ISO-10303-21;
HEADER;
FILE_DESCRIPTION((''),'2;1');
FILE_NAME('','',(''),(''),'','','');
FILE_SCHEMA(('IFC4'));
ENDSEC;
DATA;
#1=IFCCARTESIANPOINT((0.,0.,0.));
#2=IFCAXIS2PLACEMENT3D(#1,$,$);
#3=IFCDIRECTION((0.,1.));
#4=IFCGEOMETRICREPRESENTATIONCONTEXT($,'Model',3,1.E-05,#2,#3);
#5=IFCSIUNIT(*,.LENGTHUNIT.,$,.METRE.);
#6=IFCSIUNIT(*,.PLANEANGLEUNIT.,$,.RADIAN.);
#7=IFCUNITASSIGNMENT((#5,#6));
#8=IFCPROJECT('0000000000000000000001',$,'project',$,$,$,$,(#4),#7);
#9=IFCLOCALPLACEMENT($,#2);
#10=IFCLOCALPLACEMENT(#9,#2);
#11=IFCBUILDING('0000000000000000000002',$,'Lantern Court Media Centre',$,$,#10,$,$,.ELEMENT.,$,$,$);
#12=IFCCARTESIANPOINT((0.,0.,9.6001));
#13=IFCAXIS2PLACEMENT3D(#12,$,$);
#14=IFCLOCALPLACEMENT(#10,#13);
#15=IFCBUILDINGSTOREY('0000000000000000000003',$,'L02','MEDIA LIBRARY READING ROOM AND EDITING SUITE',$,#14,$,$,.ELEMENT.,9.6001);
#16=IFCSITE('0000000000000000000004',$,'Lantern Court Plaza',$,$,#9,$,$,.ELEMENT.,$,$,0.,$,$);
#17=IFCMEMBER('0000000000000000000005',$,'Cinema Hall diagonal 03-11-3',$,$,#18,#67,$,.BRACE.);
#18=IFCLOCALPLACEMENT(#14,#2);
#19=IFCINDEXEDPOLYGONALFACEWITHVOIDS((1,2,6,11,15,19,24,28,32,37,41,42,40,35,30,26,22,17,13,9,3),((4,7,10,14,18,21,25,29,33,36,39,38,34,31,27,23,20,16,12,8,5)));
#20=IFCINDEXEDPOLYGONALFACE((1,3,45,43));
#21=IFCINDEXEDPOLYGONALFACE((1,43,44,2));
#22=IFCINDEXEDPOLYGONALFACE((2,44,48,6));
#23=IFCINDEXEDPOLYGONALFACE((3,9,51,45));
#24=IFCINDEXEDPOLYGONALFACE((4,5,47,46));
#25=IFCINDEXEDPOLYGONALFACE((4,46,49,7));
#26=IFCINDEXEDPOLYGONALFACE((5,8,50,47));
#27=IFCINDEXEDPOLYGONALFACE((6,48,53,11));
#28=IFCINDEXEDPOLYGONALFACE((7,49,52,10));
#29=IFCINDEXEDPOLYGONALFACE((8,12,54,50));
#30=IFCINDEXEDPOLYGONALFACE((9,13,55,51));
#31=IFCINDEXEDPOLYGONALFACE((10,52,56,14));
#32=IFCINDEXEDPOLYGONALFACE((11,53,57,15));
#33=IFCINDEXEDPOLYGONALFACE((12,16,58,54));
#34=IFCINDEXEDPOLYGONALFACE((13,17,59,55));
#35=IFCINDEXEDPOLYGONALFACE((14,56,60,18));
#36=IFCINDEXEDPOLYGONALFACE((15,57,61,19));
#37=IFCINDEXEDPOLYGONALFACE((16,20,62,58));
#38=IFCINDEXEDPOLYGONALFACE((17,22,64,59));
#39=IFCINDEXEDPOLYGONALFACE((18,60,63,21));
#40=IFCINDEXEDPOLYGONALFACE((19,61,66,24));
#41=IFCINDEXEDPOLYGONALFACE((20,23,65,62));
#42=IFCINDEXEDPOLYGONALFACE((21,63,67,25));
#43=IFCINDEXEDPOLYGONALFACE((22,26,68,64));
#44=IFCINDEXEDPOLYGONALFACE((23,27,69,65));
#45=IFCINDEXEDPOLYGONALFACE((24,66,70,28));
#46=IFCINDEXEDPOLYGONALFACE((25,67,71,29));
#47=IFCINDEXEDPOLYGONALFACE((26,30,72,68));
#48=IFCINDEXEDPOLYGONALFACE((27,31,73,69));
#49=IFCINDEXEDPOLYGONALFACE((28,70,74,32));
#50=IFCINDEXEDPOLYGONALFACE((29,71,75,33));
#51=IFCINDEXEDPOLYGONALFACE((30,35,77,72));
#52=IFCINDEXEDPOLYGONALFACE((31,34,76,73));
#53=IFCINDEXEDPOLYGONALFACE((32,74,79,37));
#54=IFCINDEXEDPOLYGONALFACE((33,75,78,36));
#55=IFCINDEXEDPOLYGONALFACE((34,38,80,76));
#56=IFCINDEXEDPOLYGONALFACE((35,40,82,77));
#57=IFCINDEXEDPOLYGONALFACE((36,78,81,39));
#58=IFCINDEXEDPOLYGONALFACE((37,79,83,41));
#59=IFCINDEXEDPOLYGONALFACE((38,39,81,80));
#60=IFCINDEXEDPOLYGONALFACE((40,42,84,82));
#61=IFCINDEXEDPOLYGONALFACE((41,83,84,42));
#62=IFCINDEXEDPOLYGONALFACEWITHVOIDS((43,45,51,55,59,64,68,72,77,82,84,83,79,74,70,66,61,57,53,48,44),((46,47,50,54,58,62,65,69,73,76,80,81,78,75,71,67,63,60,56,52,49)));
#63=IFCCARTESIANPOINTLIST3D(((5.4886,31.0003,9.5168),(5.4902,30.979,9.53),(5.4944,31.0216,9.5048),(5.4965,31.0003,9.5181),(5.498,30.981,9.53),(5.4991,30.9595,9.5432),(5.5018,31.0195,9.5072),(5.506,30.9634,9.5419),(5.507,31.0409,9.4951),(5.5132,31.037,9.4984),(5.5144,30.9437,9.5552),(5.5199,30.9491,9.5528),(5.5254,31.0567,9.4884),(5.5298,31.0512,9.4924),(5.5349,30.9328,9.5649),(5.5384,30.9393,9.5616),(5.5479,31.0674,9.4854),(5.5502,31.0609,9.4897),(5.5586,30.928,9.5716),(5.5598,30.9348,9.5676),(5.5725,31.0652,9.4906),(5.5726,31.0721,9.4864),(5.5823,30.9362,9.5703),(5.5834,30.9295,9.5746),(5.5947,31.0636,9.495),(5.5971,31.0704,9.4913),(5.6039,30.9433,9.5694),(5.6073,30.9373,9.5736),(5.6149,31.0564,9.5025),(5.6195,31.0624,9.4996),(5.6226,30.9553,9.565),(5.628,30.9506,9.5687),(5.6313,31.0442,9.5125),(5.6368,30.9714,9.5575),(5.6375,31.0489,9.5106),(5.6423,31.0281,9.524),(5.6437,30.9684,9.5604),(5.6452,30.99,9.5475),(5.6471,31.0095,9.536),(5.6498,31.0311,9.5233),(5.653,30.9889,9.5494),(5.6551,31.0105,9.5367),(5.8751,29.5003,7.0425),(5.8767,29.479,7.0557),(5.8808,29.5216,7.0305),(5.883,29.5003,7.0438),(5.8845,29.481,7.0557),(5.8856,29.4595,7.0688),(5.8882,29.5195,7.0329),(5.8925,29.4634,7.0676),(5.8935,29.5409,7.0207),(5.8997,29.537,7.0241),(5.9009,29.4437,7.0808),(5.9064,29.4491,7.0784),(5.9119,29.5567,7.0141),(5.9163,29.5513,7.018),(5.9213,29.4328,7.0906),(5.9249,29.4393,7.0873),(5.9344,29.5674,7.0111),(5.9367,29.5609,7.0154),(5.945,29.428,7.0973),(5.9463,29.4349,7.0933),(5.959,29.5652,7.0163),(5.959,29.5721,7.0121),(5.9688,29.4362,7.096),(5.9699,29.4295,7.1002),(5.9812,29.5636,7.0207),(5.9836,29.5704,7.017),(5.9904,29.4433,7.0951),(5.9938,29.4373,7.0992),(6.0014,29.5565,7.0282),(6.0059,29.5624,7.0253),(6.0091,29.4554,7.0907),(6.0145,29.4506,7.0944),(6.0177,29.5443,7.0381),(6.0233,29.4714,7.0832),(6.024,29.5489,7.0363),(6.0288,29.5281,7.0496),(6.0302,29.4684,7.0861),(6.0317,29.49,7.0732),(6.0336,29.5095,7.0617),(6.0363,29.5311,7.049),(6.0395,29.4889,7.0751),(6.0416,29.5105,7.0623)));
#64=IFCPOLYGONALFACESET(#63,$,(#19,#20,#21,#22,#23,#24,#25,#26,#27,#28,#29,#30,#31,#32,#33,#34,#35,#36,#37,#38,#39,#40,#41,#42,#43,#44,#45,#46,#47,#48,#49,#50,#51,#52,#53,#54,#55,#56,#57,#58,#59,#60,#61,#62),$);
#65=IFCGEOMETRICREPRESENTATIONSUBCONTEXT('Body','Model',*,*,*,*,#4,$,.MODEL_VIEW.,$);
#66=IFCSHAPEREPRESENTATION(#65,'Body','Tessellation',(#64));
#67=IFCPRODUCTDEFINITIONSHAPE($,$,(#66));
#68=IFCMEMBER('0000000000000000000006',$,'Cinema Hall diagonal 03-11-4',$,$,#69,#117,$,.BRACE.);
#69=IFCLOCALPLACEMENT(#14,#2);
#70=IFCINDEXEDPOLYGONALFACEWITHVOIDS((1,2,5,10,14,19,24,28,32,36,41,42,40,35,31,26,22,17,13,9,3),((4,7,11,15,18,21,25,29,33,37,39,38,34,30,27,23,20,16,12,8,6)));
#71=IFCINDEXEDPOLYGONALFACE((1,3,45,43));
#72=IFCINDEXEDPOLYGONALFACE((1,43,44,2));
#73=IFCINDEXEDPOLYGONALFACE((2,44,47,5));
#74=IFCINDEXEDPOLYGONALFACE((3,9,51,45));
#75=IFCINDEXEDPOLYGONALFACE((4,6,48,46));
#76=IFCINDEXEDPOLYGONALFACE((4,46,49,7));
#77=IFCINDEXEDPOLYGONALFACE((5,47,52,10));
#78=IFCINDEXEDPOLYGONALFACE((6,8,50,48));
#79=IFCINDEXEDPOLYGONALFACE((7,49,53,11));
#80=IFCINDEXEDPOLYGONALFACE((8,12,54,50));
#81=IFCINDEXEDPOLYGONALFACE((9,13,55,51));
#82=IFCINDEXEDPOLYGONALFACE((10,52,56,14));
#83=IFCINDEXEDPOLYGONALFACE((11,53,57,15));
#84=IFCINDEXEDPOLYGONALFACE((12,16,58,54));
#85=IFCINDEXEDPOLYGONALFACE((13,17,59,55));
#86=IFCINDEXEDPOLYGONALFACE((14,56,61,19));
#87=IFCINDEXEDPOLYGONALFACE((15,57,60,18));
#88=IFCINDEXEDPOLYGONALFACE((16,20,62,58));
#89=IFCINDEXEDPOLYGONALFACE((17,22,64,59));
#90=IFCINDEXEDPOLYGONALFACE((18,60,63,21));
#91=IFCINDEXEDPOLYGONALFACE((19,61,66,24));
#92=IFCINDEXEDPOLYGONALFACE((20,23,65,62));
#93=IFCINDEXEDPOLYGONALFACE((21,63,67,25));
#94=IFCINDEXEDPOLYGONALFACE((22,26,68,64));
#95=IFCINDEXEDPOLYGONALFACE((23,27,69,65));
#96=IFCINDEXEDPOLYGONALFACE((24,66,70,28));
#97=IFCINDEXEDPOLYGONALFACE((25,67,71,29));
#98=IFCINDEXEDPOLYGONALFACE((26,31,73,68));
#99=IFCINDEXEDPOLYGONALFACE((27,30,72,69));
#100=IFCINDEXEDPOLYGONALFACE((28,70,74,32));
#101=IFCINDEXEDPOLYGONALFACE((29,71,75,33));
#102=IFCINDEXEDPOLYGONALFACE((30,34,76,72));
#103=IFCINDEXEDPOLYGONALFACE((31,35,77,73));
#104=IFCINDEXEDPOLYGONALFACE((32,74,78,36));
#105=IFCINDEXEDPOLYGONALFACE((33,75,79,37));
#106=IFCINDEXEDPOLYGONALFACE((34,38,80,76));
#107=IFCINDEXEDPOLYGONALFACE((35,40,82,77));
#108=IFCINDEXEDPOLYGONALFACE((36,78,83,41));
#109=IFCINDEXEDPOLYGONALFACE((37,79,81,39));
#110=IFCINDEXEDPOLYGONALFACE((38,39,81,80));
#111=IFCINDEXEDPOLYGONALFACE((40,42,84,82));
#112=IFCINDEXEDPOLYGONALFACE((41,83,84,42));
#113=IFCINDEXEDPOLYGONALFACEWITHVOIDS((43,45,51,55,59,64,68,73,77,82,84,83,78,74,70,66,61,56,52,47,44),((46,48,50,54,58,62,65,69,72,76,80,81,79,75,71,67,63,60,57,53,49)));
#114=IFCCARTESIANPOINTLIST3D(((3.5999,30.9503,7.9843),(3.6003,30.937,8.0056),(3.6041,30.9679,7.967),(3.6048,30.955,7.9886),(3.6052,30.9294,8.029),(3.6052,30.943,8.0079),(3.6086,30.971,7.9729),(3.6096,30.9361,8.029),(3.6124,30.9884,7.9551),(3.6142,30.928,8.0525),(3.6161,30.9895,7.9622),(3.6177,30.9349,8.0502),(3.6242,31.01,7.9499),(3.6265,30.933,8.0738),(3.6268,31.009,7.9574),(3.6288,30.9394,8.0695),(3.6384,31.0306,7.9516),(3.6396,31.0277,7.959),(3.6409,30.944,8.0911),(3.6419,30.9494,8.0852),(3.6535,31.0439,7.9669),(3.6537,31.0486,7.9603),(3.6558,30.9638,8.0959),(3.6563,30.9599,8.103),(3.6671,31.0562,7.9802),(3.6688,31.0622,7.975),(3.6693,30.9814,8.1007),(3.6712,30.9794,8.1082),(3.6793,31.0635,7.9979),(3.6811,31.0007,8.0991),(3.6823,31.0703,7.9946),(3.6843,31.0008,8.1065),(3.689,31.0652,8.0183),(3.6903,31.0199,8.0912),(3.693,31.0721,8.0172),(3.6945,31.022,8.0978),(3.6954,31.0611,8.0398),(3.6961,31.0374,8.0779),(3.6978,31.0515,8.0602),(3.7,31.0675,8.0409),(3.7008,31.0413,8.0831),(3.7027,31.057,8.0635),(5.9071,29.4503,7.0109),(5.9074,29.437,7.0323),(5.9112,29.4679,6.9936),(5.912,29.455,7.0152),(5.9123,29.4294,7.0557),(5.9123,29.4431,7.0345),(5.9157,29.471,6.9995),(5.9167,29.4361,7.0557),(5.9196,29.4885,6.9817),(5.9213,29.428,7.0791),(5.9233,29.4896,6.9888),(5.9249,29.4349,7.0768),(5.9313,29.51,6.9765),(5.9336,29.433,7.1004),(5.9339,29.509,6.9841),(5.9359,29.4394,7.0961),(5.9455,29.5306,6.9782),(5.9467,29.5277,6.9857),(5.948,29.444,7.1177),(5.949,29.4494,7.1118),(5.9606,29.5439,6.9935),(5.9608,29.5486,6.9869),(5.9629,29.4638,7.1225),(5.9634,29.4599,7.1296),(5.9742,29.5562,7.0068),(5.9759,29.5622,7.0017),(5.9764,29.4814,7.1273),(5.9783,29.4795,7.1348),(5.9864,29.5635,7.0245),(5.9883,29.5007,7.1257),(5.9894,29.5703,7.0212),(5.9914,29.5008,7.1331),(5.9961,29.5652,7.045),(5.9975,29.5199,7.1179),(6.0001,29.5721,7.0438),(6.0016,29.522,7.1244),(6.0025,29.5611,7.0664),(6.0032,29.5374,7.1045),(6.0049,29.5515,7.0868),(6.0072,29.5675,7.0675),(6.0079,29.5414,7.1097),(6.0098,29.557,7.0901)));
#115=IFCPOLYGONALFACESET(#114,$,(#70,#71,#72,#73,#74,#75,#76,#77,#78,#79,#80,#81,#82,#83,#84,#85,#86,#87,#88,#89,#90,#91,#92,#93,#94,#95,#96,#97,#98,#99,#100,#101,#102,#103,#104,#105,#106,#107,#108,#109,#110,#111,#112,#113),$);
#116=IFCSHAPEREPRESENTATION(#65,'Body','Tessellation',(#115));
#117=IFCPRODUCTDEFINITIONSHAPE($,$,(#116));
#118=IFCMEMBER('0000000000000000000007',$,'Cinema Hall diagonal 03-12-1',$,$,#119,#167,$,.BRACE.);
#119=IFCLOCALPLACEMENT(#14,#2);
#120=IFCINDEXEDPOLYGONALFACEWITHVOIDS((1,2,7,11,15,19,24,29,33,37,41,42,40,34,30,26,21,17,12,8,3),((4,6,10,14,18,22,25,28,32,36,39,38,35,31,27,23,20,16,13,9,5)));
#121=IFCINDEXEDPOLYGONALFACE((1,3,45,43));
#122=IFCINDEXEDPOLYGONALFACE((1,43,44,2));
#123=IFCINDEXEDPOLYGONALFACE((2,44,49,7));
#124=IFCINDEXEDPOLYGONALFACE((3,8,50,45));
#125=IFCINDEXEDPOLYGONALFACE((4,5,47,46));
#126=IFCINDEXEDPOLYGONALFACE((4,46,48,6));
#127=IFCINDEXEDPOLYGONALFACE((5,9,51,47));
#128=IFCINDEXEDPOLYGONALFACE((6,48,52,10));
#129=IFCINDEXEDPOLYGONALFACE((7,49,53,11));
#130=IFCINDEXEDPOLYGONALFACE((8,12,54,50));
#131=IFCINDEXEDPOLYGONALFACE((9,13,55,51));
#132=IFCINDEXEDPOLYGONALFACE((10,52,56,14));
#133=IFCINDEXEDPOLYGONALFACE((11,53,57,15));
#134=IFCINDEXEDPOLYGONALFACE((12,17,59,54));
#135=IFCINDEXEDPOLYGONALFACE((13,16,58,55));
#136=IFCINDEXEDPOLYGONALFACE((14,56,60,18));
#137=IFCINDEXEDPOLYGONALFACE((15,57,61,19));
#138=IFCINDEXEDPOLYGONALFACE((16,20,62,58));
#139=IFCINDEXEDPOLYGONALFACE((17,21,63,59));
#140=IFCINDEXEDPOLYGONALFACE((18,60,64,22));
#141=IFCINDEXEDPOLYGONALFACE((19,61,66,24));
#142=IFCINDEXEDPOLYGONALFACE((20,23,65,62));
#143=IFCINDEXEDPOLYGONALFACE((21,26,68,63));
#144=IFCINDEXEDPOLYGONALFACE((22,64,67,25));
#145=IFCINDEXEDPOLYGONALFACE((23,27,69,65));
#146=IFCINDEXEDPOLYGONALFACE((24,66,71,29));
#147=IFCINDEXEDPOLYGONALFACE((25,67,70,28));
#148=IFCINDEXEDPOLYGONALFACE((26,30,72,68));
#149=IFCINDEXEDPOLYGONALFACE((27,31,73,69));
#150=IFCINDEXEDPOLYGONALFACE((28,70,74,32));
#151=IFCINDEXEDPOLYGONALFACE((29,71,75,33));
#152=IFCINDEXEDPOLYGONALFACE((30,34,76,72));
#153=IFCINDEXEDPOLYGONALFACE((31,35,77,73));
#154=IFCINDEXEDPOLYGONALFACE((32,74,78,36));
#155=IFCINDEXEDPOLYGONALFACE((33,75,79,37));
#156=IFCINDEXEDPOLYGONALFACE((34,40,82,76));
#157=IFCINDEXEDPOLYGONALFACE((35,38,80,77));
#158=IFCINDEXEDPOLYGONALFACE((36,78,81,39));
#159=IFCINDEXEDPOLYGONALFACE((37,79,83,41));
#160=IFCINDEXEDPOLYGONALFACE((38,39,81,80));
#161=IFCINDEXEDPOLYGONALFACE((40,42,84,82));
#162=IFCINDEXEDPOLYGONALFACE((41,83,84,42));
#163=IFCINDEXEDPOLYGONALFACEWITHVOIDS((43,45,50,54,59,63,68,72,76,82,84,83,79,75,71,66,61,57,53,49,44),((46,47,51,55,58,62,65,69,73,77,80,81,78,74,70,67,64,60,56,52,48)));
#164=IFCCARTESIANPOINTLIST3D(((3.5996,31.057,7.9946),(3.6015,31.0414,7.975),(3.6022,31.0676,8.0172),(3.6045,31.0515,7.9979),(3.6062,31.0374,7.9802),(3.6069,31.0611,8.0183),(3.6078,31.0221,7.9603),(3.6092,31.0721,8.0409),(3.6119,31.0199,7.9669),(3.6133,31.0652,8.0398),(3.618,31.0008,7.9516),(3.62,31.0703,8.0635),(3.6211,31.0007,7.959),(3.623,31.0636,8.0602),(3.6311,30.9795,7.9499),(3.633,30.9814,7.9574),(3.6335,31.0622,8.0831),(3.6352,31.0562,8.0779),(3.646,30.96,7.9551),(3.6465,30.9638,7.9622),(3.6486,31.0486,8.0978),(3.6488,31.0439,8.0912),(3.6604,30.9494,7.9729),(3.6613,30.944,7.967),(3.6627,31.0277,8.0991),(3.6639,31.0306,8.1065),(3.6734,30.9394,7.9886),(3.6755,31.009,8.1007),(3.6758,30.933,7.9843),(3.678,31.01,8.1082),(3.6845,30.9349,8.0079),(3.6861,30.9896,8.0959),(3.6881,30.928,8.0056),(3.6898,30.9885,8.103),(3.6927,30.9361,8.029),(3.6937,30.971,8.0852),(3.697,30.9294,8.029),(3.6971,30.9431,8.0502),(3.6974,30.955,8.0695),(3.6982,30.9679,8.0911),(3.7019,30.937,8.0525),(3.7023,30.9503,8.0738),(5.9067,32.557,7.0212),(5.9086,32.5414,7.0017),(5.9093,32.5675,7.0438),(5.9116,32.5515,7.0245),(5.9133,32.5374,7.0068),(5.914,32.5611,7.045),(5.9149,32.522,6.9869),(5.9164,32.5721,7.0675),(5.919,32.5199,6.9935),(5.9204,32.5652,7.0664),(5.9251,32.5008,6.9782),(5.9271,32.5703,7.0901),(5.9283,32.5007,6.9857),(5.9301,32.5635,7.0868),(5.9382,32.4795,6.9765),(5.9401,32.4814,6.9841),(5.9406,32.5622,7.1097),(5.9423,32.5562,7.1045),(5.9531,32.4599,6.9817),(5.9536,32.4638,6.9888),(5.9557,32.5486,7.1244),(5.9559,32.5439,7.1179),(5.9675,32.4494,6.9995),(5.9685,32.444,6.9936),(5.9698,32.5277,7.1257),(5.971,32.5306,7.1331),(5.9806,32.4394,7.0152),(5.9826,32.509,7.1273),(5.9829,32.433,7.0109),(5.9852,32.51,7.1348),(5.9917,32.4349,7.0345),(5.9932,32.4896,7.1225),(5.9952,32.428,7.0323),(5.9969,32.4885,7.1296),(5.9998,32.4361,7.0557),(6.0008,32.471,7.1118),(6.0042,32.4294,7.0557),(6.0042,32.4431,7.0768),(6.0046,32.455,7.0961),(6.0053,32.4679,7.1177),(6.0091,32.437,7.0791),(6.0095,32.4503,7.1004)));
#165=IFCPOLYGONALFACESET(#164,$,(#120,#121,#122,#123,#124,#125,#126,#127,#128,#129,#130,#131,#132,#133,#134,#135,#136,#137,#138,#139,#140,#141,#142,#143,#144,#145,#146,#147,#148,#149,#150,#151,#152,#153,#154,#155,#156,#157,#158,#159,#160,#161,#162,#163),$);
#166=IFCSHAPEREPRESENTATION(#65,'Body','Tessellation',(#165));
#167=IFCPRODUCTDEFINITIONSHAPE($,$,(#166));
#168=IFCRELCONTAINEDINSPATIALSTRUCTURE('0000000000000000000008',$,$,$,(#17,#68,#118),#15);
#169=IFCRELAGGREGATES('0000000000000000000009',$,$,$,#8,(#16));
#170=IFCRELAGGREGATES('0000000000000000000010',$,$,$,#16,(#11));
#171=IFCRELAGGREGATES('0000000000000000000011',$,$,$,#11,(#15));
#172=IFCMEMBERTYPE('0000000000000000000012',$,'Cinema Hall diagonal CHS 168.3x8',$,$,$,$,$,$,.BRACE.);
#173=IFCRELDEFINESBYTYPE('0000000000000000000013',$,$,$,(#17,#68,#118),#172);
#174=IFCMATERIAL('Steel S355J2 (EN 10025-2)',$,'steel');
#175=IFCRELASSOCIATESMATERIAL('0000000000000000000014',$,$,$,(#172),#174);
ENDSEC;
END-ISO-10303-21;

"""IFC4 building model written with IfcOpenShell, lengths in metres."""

from ifc_helpers import new_model, si_unit, direction, frame, origin, origin_2d, place, context, subcontext, project, spatial, hollow_circle, extrude, material, material_profile, profile_set, type_object, element, save


model = new_model("IFC4")

# Units and contexts
model_context = context("Model", 3, precision=1e-05, world=origin(), true_north=direction((0.0, 1.0)))
body_context = subcontext(model_context, "Body", "Model", "MODEL_VIEW")
ifc_project = project(units=[si_unit("LENGTHUNIT", "METRE"), si_unit("PLANEANGLEUNIT", "RADIAN")], contexts=[model_context])

# Site, building, storey
site_placement = place(None, origin())
site = spatial("IfcSite", under=ifc_project, at=site_placement, Name="Lantern Court Plaza", CompositionType="ELEMENT", RefElevation=0.0)
building_placement = place(site_placement, origin())
building = spatial("IfcBuilding", under=site, at=building_placement, Name="Lantern Court Media Centre", CompositionType="ELEMENT")
storey_placement = place(building_placement, frame((0.0, 0.0, 9.6001)))
storey = spatial("IfcBuildingStorey", under=building, at=storey_placement, Name="L02", Description="MEDIA LIBRARY READING ROOM AND EDITING SUITE", CompositionType="ELEMENT", Elevation=9.6001)

# Members
ifc_material = material(Name="Steel S355J2 (EN 10025-2)", Category="steel")
ifc_material_profile_1 = material_profile(ifc_material, hollow_circle(Radius=0.0842, WallThickness=0.0081, at=origin_2d()), Name="Cinema Hall diagonal CHS 168.3x8")
ifc_profile_set_1 = profile_set([ifc_material_profile_1], Name="Steel S355J2 (EN 10025-2)")
member_type_1 = type_object("IfcMemberType", Name="Cinema Hall diagonal CHS 168.3x8", PredefinedType="BRACE", material=ifc_profile_set_1)
for number, where, z_axis, x_axis, name in (
    (1, (5.9583, 29.5, 7.0557), (-0.13239, 0.513836, 0.847612), (-0.968374, -0.249501, 0.0), "Cinema Hall diagonal 03-11-3"),
):
    element("IfcMember", number, at=place(storey_placement, frame(where, z_axis=z_axis, x_axis=x_axis)), inside=storey, type_object=member_type_1, Name=name, PredefinedType="BRACE", context=body_context, shape_type="SweptSolid", body=[
        extrude(hollow_circle(Radius=0.0842, WallThickness=0.0081, at=origin_2d()), origin(), (0.0, 0.0, 1.0), 2.9192),
    ])
for number, where, z_axis, x_axis, name in (
    (2, (5.9583, 29.5, 7.0557), (-0.790394, 0.513882, 0.333471), (-0.545082, -0.838383, 0.0), "Cinema Hall diagonal 03-11-4"),
    (3, (5.9583, 32.5, 7.0557), (-0.790394, -0.513882, 0.333471), (0.545082, -0.838383, 0.0), "Cinema Hall diagonal 03-12-1"),
):
    element("IfcMember", number, at=place(storey_placement, frame(where, z_axis=z_axis, x_axis=x_axis)), inside=storey, type_object=member_type_1, Name=name, PredefinedType="BRACE", context=body_context, shape_type="SweptSolid", body=[
        extrude(hollow_circle(Radius=0.0842, WallThickness=0.0081, at=origin_2d()), origin(), (0.0, 0.0, 1.0), 2.9189),
    ])

save(model, "model.ifc")
